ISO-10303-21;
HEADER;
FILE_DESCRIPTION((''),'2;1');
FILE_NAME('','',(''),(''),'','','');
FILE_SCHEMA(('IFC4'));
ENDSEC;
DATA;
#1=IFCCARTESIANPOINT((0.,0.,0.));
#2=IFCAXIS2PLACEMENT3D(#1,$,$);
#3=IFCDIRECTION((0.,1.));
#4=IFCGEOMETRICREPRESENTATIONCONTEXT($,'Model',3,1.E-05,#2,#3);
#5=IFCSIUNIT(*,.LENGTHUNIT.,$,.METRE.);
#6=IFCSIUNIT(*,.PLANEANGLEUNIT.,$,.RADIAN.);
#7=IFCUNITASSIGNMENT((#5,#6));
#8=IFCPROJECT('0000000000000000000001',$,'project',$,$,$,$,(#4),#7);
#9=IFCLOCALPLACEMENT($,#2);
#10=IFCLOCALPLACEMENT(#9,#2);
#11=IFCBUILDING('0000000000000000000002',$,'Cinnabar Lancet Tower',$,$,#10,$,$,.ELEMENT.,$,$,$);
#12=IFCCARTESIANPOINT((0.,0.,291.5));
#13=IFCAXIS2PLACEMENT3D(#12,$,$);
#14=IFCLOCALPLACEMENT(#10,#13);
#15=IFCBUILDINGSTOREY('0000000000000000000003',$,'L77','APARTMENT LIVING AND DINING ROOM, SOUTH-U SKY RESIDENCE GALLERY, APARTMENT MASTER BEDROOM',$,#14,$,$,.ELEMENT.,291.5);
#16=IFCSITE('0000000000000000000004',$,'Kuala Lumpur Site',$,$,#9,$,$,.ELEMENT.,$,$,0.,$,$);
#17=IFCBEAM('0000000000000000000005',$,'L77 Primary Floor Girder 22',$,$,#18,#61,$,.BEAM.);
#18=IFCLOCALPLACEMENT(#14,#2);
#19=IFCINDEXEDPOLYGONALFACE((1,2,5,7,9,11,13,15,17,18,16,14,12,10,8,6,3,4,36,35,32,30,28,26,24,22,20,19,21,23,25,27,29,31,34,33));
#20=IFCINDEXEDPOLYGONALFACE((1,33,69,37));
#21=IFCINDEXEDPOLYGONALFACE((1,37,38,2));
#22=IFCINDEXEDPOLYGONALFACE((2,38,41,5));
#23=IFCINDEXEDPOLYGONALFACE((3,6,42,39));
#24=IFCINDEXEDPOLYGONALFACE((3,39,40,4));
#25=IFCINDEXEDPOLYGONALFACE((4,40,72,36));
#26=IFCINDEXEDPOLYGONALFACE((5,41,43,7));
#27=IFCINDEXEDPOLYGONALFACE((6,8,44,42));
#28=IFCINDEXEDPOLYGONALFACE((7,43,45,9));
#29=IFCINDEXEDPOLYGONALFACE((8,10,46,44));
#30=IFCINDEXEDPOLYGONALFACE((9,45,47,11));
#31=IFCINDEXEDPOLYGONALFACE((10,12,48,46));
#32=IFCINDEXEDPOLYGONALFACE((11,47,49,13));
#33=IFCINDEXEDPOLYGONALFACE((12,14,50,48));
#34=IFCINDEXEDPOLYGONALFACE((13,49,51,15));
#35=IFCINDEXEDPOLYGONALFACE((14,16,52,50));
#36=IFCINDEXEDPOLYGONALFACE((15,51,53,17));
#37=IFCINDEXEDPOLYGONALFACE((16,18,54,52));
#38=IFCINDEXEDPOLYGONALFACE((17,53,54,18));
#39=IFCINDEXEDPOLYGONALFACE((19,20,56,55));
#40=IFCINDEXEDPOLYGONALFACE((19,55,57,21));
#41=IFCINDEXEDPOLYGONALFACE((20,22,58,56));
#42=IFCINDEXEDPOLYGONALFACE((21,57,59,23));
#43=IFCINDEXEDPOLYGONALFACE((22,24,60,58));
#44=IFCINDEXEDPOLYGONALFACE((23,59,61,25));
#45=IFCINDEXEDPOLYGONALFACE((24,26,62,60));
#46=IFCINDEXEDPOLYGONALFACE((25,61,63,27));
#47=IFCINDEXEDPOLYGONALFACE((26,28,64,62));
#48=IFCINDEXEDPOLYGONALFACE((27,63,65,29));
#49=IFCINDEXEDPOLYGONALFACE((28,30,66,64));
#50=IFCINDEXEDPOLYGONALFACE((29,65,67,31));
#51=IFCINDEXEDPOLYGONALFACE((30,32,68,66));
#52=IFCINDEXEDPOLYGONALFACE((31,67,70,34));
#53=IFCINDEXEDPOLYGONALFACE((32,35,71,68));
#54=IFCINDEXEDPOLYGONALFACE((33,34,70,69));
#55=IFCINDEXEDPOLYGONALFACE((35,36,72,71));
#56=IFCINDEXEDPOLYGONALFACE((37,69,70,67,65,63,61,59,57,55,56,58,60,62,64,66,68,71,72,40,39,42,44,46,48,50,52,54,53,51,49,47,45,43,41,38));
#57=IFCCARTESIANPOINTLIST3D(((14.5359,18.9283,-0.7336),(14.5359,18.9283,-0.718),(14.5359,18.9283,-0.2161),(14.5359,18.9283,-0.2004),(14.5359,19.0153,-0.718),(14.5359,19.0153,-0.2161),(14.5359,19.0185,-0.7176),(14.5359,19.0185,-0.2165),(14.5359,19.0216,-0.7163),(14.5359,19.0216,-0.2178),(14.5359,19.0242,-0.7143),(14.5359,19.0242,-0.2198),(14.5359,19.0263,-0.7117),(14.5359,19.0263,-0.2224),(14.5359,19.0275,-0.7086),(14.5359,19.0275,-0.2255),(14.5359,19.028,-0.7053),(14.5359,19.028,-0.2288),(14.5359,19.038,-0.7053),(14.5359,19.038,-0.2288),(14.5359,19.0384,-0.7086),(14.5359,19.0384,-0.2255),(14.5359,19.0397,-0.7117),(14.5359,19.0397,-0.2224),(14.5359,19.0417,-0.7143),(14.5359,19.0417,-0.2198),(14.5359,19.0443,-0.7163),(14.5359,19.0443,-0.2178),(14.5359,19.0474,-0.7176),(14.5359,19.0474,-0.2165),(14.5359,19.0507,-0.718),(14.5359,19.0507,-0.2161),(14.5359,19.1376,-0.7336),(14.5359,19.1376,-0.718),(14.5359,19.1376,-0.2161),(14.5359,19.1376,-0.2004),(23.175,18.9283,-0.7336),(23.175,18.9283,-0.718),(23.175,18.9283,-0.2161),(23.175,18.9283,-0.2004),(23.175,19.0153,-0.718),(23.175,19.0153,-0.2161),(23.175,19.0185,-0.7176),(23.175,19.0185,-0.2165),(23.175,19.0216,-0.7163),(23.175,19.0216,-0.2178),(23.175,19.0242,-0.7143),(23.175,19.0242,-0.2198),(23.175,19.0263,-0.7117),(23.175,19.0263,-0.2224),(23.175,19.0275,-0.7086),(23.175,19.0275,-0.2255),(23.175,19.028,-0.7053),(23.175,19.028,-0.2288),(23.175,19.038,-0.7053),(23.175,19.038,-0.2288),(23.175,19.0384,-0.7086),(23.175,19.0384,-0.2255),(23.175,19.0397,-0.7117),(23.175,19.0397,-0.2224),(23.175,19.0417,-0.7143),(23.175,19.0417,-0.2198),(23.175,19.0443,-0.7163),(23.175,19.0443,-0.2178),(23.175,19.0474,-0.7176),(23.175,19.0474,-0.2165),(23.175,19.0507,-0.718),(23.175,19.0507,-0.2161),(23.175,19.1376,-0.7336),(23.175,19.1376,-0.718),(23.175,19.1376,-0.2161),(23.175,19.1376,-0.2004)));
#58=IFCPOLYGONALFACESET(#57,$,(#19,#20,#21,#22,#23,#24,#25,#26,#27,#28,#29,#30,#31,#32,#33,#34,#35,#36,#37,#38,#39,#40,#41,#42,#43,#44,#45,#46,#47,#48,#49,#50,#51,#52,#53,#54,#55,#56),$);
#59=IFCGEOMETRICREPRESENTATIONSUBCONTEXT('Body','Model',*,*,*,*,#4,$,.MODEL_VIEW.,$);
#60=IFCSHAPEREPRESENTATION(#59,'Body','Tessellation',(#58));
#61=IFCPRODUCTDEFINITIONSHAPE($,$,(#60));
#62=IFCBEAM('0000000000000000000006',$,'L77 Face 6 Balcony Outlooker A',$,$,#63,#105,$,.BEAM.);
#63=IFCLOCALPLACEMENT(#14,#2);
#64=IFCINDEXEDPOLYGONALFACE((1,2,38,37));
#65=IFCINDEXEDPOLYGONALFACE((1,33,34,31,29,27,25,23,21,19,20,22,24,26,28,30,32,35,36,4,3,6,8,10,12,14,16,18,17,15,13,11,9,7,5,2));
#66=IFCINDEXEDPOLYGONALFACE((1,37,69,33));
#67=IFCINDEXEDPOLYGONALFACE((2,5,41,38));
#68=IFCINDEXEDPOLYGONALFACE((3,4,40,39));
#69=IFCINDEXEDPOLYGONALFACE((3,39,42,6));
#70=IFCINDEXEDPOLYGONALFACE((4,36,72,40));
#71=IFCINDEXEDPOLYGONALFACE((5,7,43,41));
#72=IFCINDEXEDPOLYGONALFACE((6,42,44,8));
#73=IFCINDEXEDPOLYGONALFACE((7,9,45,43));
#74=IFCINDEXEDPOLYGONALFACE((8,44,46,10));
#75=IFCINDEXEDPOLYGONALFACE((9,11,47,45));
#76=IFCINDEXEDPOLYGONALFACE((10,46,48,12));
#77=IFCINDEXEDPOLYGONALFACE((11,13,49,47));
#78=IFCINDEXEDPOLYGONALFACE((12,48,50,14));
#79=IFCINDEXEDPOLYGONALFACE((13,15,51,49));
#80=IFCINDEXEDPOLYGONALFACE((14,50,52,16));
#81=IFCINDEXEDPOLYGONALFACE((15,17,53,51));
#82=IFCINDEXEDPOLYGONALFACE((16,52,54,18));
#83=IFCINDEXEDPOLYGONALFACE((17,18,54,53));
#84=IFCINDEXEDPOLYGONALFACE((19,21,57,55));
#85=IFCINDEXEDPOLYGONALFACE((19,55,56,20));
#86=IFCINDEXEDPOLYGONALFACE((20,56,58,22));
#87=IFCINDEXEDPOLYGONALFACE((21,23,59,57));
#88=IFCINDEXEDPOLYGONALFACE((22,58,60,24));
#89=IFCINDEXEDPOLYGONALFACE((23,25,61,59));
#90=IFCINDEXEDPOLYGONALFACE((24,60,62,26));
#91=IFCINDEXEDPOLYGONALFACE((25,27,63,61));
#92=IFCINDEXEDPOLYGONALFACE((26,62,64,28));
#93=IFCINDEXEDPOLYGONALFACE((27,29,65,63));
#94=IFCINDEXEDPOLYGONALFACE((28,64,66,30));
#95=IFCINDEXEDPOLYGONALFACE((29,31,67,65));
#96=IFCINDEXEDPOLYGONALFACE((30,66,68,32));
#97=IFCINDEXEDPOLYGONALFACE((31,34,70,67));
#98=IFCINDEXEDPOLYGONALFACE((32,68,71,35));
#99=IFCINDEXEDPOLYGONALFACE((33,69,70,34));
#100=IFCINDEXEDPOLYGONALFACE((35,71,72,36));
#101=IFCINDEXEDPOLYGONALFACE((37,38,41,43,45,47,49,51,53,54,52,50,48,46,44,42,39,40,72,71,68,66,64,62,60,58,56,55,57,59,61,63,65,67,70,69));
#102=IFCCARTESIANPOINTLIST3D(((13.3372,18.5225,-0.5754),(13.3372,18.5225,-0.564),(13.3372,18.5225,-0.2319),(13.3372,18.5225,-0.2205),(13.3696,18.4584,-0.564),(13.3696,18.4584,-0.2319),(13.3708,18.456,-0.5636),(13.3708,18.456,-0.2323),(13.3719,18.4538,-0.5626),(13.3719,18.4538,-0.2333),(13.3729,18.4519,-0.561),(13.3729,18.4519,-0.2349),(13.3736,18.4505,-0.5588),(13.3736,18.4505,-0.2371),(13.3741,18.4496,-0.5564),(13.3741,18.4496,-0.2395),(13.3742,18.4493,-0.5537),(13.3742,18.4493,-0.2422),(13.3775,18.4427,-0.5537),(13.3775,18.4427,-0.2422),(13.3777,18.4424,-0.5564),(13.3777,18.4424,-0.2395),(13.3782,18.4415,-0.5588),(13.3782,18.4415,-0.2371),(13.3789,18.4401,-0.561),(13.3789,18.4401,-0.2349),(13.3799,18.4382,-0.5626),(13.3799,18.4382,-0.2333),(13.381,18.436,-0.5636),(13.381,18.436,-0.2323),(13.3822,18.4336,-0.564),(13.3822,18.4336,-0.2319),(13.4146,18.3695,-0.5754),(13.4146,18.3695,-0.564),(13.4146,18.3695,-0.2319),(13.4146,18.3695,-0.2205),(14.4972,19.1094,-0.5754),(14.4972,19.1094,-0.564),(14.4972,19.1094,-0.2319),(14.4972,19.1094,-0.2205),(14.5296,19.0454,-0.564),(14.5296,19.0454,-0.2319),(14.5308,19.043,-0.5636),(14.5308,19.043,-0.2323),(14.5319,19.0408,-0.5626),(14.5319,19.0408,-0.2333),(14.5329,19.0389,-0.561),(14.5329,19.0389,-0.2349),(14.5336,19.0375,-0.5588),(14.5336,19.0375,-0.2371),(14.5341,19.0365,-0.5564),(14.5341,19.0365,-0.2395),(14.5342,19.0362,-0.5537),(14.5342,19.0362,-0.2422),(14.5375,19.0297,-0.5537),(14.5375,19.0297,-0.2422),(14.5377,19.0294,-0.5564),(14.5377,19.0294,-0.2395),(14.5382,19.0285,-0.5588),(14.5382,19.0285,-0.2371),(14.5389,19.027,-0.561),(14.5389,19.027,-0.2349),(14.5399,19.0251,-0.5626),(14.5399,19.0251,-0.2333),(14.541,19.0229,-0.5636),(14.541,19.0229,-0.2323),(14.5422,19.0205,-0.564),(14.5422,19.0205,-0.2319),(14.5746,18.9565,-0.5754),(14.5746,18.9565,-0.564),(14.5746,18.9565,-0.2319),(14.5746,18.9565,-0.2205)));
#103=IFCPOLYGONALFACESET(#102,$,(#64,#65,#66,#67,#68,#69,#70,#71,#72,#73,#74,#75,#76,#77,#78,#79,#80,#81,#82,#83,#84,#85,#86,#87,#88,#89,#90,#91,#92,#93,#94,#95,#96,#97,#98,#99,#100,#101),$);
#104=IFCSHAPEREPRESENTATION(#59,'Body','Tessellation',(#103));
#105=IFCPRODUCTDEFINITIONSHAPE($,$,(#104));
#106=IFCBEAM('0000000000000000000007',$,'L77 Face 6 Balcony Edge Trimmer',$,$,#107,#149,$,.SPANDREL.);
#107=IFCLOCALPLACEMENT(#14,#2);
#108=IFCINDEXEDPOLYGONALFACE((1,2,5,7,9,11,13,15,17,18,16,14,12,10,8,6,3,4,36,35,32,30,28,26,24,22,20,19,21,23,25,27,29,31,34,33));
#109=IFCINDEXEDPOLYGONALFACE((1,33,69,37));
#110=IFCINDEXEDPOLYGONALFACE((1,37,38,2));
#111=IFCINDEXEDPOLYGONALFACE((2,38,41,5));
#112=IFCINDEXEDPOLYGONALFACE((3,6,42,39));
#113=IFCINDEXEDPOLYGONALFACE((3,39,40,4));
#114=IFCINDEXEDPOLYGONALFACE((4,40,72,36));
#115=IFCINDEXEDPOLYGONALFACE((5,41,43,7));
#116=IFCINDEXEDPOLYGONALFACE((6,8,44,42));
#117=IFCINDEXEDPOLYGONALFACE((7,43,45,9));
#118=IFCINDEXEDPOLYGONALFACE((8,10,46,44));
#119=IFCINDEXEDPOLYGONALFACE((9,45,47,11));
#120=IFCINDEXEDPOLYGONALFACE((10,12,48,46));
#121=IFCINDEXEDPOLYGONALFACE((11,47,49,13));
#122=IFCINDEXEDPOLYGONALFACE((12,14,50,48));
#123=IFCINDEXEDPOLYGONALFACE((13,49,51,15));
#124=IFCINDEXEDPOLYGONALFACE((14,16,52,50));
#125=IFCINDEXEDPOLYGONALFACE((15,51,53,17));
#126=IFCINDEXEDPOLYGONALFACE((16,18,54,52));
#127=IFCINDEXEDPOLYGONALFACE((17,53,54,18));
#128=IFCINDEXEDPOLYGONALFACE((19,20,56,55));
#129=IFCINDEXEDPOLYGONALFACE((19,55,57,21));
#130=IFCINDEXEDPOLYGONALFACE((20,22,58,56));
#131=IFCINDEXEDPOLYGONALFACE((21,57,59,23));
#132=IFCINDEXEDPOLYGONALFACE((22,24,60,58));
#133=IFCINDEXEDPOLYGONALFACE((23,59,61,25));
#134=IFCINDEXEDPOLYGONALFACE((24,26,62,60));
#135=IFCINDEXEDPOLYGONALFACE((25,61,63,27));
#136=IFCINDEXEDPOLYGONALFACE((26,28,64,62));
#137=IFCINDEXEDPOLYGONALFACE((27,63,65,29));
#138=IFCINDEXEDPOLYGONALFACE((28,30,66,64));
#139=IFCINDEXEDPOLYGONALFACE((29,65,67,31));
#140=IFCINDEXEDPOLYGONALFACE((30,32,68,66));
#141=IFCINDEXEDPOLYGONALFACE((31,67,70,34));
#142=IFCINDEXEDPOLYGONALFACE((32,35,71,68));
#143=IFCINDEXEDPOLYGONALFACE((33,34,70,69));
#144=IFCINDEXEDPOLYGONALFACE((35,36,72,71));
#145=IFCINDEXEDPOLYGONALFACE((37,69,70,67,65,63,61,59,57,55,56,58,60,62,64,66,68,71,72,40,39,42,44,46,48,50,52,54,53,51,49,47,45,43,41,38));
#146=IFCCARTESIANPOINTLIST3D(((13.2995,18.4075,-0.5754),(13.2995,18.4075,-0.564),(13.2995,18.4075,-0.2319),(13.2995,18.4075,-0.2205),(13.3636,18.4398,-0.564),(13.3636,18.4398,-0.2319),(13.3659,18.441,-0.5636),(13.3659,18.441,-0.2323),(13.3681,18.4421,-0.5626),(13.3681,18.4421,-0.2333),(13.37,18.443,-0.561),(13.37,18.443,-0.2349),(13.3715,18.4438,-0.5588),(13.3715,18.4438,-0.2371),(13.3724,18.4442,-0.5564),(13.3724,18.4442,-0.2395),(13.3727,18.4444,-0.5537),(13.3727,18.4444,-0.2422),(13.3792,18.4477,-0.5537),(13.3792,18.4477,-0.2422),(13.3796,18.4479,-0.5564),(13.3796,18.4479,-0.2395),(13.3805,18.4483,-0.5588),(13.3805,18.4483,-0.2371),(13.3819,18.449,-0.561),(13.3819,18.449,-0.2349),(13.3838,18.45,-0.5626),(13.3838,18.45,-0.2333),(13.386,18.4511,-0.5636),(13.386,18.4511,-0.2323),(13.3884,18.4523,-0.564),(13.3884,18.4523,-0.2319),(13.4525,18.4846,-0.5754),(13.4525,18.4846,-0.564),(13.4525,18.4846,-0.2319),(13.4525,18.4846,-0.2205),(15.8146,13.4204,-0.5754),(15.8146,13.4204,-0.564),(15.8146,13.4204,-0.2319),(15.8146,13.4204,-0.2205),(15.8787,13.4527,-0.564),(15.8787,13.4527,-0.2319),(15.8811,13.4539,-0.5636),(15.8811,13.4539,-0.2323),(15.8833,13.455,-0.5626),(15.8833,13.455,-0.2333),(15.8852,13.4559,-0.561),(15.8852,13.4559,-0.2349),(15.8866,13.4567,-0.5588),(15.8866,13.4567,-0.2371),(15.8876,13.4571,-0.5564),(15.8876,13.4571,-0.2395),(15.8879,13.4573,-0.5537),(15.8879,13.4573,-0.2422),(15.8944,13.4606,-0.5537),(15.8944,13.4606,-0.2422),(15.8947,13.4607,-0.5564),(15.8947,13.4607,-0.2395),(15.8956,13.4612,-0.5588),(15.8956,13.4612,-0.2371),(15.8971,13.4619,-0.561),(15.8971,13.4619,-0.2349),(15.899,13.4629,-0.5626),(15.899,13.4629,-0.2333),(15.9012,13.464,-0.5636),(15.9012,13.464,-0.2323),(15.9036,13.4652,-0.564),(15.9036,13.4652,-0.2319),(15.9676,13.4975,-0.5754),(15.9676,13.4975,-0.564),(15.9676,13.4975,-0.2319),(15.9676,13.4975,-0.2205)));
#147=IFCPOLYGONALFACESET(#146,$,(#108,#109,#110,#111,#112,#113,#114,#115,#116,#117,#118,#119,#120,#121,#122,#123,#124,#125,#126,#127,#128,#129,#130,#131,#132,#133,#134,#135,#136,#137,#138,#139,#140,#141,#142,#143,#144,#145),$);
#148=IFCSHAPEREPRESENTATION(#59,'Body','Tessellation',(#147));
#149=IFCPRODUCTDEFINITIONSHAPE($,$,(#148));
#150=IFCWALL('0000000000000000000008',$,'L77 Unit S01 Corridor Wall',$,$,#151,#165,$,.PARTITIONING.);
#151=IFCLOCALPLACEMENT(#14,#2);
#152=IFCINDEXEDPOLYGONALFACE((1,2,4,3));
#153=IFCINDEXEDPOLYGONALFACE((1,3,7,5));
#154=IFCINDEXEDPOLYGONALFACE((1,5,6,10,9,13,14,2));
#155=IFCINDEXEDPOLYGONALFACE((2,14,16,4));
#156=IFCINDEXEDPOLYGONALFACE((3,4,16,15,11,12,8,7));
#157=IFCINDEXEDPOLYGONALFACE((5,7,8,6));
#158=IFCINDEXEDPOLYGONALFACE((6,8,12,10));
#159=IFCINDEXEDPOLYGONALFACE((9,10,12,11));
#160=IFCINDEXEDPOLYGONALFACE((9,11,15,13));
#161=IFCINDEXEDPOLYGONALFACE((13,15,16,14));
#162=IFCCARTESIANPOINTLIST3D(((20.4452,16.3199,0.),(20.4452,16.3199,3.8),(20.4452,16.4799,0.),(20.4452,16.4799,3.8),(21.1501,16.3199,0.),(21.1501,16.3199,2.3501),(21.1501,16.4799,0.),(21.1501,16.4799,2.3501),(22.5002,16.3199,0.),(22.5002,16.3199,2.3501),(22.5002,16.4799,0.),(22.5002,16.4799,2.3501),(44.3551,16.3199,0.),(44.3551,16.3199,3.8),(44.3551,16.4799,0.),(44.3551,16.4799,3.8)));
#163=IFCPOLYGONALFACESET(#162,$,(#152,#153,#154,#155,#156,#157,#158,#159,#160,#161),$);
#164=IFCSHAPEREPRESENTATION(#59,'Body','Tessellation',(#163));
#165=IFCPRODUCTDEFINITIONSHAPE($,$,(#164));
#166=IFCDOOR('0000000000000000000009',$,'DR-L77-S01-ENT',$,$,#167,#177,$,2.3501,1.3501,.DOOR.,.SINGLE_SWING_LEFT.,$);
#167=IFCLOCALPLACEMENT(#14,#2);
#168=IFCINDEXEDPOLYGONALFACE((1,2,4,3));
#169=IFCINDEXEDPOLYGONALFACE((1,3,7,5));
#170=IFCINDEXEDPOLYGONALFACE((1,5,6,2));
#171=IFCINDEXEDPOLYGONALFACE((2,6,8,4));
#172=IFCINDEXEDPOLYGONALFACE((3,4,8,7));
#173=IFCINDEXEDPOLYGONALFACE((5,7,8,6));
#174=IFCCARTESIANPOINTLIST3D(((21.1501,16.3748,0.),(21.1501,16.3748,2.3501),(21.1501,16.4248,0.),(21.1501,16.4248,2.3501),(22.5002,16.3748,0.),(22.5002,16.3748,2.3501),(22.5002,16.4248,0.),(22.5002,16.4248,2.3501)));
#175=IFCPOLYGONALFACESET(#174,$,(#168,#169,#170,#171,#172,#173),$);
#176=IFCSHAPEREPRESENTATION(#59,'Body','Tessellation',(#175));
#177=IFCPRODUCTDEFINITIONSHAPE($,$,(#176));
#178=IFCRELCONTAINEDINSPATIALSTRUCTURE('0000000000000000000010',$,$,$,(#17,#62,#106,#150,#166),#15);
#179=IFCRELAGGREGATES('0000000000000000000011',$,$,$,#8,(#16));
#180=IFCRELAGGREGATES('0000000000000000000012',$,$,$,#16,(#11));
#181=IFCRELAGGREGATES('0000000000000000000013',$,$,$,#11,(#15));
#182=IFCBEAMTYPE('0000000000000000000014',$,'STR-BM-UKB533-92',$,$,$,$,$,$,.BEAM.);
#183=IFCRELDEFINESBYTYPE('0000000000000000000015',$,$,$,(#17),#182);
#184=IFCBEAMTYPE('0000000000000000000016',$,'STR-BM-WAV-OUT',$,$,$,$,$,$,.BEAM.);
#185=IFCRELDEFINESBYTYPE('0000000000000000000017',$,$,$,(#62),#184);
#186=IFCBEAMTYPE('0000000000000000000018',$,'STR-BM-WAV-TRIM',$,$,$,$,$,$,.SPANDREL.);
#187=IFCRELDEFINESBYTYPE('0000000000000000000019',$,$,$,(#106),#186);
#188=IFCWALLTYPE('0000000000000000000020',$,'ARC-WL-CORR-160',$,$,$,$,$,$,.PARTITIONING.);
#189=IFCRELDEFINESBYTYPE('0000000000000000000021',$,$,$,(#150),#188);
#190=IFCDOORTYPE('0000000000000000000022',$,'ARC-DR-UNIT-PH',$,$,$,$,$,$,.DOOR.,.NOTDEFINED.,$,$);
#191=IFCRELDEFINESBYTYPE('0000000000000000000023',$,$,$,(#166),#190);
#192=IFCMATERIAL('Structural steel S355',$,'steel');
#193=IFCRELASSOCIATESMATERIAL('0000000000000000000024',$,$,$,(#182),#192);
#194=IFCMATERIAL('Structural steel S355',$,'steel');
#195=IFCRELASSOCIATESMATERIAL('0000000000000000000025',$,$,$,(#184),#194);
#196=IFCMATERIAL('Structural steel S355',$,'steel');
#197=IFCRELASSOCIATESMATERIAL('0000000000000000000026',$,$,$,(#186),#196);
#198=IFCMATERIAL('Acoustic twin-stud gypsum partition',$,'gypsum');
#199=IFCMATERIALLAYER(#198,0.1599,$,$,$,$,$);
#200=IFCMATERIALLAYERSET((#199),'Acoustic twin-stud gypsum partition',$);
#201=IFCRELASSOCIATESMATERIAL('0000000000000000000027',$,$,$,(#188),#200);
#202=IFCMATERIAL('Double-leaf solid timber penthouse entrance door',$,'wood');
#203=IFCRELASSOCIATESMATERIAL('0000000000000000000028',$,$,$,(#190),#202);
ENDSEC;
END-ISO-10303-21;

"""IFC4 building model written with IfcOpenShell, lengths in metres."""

from ifc_helpers import new_model, si_unit, direction, frame, frame_2d, origin, origin_2d, place, context, subcontext, project, spatial, rectangle, i_section, extrude, material, layer, layer_set, material_profile, profile_set, type_object, element, fill, save


model = new_model("IFC4")

# Units and contexts
model_context = context("Model", 3, precision=1e-05, world=origin(), true_north=direction((0.0, 1.0)))
body_context = subcontext(model_context, "Body", "Model", "MODEL_VIEW")
ifc_project = project(units=[si_unit("LENGTHUNIT", "METRE"), si_unit("PLANEANGLEUNIT", "RADIAN")], contexts=[model_context])

# Site, building, storey
site_placement = place(None, origin())
site = spatial("IfcSite", under=ifc_project, at=site_placement, Name="Kuala Lumpur Site", CompositionType="ELEMENT", RefElevation=0.0)
building_placement = place(site_placement, origin())
building = spatial("IfcBuilding", under=site, at=building_placement, Name="Cinnabar Lancet Tower", CompositionType="ELEMENT")
storey_placement = place(building_placement, frame((0.0, 0.0, 291.5)))
storey = spatial("IfcBuildingStorey", under=building, at=storey_placement, Name="L77", Description="APARTMENT LIVING AND DINING ROOM, SOUTH-U SKY RESIDENCE GALLERY, APARTMENT MASTER BEDROOM", CompositionType="ELEMENT", Elevation=291.5)

# Beams
ifc_material_1 = material(Name="Structural steel S355", Category="steel")
ifc_material_profile_1 = material_profile(ifc_material_1, i_section(OverallWidth=0.2092, OverallDepth=0.5332, WebThickness=0.01, FlangeThickness=0.0156, FilletRadius=0.0127, at=origin_2d()), Name="UKB 533x210x92")
ifc_profile_set_1 = profile_set([ifc_material_profile_1], Name="Structural steel S355")
beam_type_1 = type_object("IfcBeamType", Name="STR-BM-UKB533-92", PredefinedType="BEAM", material=ifc_profile_set_1)
beam_1_placement = place(storey_placement, frame((14.5359, 19.033, -0.467), z_axis=(1.0, 0.0, 0.0), x_axis=(0.0, 1.0, 0.0)))
element("IfcBeam", 1, at=beam_1_placement, inside=storey, type_object=beam_type_1, Name="L77 Primary Floor Girder 22", PredefinedType="BEAM", context=body_context, shape_type="SweptSolid", body=[
    extrude(i_section(OverallWidth=0.2092, OverallDepth=0.5332, WebThickness=0.01, FlangeThickness=0.0156, FilletRadius=0.0127, at=origin_2d()), origin(), (0.0, 0.0, 1.0), 8.6392),
])
ifc_material_2 = material(Name="Structural steel S355", Category="steel")
ifc_material_profile_2 = material_profile(ifc_material_2, i_section(OverallWidth=0.1714, OverallDepth=0.355, WebThickness=0.0073, FlangeThickness=0.0115, FilletRadius=0.0103, at=origin_2d()), Name="UKB 356x171x51")
ifc_profile_set_2 = profile_set([ifc_material_profile_2], Name="Structural steel S355")
beam_type_2 = type_object("IfcBeamType", Name="STR-BM-WAV-OUT", PredefinedType="BEAM", material=ifc_profile_set_2)
beam_2_placement = place(storey_placement, frame((14.5359, 19.033, -0.3979), z_axis=(-0.892276, -0.45149, 0.0), x_axis=(0.45149, -0.892276, 0.0)))
element("IfcBeam", 2, at=beam_2_placement, inside=storey, type_object=beam_type_2, Name="L77 Face 6 Balcony Outlooker A", PredefinedType="BEAM", context=body_context, shape_type="SweptSolid", body=[
    extrude(i_section(OverallWidth=0.1714, OverallDepth=0.355, WebThickness=0.0073, FlangeThickness=0.0115, FilletRadius=0.0103, at=origin_2d()), origin(), (0.0, 0.0, 1.0), 1.3),
])
ifc_material_3 = material(Name="Structural steel S355", Category="steel")
ifc_material_profile_3 = material_profile(ifc_material_3, i_section(OverallWidth=0.1714, OverallDepth=0.355, WebThickness=0.0073, FlangeThickness=0.0115, FilletRadius=0.0103, at=origin_2d()), Name="UKB 356x171x51")
ifc_profile_set_3 = profile_set([ifc_material_profile_3], Name="Structural steel S355")
beam_type_3 = type_object("IfcBeamType", Name="STR-BM-WAV-TRIM", PredefinedType="SPANDREL", material=ifc_profile_set_3)
beam_3_placement = place(storey_placement, frame((13.376, 18.446, -0.3979), z_axis=(0.450306, -0.892874, 0.0), x_axis=(0.892874, 0.450306, 0.0)))
element("IfcBeam", 3, at=beam_3_placement, inside=storey, type_object=beam_type_3, Name="L77 Face 6 Balcony Edge Trimmer", PredefinedType="SPANDREL", context=body_context, shape_type="SweptSolid", body=[
    extrude(i_section(OverallWidth=0.1714, OverallDepth=0.355, WebThickness=0.0073, FlangeThickness=0.0115, FilletRadius=0.0103, at=origin_2d()), origin(), (0.0, 0.0, 1.0), 5.5854),
])

# Wall, opening, door
ifc_material_4 = material(Name="Acoustic twin-stud gypsum partition", Category="gypsum")
ifc_layer_1 = layer(ifc_material_4, 0.1599)
ifc_layer_set_1 = layer_set([ifc_layer_1], Name="Acoustic twin-stud gypsum partition")
wall_type_1 = type_object("IfcWallType", Name="ARC-WL-CORR-160", PredefinedType="PARTITIONING", material=ifc_layer_set_1)
wall_1_placement = place(storey_placement, frame((20.4451, 16.3999, 0.0), z_axis=(0.0, 0.0, 1.0), x_axis=(1.0, 0.0, 0.0)))
wall_1 = element("IfcWall", 4, at=wall_1_placement, inside=storey, type_object=wall_type_1, Name="L77 Unit S01 Corridor Wall", PredefinedType="PARTITIONING", context=body_context, shape_type="SweptSolid", body=[
    extrude(rectangle(XDim=23.9099, YDim=0.1599, at=frame_2d((11.9551, 0.0))), origin(), (0.0, 0.0, 1.0), 3.8),
])
opening_1_placement = place(wall_1_placement, frame((0.7051, 0.0, 0.0)))
opening_1 = element("IfcOpeningElement", 5, at=opening_1_placement, cuts=wall_1, PredefinedType="OPENING", context=body_context, shape_type="SweptSolid", body=[
    extrude(rectangle(XDim=1.3501, YDim=2.3501, at=frame_2d((0.675, 1.175))), frame((0.0, 0.0898, 0.0), z_axis=(0.0, -1.0, 0.0), x_axis=(1.0, 0.0, 0.0)), (0.0, 0.0, 1.0), 0.1799),
])
ifc_material_5 = material(Name="Double-leaf solid timber penthouse entrance door", Category="wood")
door_type_1 = type_object("IfcDoorType", Name="ARC-DR-UNIT-PH", OperationType="NOTDEFINED", PredefinedType="DOOR", material=ifc_material_5)
door_1_placement = place(opening_1_placement, origin())
door_1 = element("IfcDoor", 6, at=door_1_placement, inside=storey, type_object=door_type_1, Name="DR-L77-S01-ENT", OperationType="SINGLE_SWING_LEFT", OverallHeight=2.3501, OverallWidth=1.3501, PredefinedType="DOOR", context=body_context, shape_type="SweptSolid", body=[
    extrude(rectangle(XDim=1.3501, YDim=2.3501, at=frame_2d((0.675, 1.175))), frame((0.0, 0.0249, 0.0), z_axis=(0.0, -1.0, 0.0), x_axis=(1.0, 0.0, 0.0)), (0.0, 0.0, 1.0), 0.05),
])
fill(opening_1, door_1)

save(model, "model.ifc")
